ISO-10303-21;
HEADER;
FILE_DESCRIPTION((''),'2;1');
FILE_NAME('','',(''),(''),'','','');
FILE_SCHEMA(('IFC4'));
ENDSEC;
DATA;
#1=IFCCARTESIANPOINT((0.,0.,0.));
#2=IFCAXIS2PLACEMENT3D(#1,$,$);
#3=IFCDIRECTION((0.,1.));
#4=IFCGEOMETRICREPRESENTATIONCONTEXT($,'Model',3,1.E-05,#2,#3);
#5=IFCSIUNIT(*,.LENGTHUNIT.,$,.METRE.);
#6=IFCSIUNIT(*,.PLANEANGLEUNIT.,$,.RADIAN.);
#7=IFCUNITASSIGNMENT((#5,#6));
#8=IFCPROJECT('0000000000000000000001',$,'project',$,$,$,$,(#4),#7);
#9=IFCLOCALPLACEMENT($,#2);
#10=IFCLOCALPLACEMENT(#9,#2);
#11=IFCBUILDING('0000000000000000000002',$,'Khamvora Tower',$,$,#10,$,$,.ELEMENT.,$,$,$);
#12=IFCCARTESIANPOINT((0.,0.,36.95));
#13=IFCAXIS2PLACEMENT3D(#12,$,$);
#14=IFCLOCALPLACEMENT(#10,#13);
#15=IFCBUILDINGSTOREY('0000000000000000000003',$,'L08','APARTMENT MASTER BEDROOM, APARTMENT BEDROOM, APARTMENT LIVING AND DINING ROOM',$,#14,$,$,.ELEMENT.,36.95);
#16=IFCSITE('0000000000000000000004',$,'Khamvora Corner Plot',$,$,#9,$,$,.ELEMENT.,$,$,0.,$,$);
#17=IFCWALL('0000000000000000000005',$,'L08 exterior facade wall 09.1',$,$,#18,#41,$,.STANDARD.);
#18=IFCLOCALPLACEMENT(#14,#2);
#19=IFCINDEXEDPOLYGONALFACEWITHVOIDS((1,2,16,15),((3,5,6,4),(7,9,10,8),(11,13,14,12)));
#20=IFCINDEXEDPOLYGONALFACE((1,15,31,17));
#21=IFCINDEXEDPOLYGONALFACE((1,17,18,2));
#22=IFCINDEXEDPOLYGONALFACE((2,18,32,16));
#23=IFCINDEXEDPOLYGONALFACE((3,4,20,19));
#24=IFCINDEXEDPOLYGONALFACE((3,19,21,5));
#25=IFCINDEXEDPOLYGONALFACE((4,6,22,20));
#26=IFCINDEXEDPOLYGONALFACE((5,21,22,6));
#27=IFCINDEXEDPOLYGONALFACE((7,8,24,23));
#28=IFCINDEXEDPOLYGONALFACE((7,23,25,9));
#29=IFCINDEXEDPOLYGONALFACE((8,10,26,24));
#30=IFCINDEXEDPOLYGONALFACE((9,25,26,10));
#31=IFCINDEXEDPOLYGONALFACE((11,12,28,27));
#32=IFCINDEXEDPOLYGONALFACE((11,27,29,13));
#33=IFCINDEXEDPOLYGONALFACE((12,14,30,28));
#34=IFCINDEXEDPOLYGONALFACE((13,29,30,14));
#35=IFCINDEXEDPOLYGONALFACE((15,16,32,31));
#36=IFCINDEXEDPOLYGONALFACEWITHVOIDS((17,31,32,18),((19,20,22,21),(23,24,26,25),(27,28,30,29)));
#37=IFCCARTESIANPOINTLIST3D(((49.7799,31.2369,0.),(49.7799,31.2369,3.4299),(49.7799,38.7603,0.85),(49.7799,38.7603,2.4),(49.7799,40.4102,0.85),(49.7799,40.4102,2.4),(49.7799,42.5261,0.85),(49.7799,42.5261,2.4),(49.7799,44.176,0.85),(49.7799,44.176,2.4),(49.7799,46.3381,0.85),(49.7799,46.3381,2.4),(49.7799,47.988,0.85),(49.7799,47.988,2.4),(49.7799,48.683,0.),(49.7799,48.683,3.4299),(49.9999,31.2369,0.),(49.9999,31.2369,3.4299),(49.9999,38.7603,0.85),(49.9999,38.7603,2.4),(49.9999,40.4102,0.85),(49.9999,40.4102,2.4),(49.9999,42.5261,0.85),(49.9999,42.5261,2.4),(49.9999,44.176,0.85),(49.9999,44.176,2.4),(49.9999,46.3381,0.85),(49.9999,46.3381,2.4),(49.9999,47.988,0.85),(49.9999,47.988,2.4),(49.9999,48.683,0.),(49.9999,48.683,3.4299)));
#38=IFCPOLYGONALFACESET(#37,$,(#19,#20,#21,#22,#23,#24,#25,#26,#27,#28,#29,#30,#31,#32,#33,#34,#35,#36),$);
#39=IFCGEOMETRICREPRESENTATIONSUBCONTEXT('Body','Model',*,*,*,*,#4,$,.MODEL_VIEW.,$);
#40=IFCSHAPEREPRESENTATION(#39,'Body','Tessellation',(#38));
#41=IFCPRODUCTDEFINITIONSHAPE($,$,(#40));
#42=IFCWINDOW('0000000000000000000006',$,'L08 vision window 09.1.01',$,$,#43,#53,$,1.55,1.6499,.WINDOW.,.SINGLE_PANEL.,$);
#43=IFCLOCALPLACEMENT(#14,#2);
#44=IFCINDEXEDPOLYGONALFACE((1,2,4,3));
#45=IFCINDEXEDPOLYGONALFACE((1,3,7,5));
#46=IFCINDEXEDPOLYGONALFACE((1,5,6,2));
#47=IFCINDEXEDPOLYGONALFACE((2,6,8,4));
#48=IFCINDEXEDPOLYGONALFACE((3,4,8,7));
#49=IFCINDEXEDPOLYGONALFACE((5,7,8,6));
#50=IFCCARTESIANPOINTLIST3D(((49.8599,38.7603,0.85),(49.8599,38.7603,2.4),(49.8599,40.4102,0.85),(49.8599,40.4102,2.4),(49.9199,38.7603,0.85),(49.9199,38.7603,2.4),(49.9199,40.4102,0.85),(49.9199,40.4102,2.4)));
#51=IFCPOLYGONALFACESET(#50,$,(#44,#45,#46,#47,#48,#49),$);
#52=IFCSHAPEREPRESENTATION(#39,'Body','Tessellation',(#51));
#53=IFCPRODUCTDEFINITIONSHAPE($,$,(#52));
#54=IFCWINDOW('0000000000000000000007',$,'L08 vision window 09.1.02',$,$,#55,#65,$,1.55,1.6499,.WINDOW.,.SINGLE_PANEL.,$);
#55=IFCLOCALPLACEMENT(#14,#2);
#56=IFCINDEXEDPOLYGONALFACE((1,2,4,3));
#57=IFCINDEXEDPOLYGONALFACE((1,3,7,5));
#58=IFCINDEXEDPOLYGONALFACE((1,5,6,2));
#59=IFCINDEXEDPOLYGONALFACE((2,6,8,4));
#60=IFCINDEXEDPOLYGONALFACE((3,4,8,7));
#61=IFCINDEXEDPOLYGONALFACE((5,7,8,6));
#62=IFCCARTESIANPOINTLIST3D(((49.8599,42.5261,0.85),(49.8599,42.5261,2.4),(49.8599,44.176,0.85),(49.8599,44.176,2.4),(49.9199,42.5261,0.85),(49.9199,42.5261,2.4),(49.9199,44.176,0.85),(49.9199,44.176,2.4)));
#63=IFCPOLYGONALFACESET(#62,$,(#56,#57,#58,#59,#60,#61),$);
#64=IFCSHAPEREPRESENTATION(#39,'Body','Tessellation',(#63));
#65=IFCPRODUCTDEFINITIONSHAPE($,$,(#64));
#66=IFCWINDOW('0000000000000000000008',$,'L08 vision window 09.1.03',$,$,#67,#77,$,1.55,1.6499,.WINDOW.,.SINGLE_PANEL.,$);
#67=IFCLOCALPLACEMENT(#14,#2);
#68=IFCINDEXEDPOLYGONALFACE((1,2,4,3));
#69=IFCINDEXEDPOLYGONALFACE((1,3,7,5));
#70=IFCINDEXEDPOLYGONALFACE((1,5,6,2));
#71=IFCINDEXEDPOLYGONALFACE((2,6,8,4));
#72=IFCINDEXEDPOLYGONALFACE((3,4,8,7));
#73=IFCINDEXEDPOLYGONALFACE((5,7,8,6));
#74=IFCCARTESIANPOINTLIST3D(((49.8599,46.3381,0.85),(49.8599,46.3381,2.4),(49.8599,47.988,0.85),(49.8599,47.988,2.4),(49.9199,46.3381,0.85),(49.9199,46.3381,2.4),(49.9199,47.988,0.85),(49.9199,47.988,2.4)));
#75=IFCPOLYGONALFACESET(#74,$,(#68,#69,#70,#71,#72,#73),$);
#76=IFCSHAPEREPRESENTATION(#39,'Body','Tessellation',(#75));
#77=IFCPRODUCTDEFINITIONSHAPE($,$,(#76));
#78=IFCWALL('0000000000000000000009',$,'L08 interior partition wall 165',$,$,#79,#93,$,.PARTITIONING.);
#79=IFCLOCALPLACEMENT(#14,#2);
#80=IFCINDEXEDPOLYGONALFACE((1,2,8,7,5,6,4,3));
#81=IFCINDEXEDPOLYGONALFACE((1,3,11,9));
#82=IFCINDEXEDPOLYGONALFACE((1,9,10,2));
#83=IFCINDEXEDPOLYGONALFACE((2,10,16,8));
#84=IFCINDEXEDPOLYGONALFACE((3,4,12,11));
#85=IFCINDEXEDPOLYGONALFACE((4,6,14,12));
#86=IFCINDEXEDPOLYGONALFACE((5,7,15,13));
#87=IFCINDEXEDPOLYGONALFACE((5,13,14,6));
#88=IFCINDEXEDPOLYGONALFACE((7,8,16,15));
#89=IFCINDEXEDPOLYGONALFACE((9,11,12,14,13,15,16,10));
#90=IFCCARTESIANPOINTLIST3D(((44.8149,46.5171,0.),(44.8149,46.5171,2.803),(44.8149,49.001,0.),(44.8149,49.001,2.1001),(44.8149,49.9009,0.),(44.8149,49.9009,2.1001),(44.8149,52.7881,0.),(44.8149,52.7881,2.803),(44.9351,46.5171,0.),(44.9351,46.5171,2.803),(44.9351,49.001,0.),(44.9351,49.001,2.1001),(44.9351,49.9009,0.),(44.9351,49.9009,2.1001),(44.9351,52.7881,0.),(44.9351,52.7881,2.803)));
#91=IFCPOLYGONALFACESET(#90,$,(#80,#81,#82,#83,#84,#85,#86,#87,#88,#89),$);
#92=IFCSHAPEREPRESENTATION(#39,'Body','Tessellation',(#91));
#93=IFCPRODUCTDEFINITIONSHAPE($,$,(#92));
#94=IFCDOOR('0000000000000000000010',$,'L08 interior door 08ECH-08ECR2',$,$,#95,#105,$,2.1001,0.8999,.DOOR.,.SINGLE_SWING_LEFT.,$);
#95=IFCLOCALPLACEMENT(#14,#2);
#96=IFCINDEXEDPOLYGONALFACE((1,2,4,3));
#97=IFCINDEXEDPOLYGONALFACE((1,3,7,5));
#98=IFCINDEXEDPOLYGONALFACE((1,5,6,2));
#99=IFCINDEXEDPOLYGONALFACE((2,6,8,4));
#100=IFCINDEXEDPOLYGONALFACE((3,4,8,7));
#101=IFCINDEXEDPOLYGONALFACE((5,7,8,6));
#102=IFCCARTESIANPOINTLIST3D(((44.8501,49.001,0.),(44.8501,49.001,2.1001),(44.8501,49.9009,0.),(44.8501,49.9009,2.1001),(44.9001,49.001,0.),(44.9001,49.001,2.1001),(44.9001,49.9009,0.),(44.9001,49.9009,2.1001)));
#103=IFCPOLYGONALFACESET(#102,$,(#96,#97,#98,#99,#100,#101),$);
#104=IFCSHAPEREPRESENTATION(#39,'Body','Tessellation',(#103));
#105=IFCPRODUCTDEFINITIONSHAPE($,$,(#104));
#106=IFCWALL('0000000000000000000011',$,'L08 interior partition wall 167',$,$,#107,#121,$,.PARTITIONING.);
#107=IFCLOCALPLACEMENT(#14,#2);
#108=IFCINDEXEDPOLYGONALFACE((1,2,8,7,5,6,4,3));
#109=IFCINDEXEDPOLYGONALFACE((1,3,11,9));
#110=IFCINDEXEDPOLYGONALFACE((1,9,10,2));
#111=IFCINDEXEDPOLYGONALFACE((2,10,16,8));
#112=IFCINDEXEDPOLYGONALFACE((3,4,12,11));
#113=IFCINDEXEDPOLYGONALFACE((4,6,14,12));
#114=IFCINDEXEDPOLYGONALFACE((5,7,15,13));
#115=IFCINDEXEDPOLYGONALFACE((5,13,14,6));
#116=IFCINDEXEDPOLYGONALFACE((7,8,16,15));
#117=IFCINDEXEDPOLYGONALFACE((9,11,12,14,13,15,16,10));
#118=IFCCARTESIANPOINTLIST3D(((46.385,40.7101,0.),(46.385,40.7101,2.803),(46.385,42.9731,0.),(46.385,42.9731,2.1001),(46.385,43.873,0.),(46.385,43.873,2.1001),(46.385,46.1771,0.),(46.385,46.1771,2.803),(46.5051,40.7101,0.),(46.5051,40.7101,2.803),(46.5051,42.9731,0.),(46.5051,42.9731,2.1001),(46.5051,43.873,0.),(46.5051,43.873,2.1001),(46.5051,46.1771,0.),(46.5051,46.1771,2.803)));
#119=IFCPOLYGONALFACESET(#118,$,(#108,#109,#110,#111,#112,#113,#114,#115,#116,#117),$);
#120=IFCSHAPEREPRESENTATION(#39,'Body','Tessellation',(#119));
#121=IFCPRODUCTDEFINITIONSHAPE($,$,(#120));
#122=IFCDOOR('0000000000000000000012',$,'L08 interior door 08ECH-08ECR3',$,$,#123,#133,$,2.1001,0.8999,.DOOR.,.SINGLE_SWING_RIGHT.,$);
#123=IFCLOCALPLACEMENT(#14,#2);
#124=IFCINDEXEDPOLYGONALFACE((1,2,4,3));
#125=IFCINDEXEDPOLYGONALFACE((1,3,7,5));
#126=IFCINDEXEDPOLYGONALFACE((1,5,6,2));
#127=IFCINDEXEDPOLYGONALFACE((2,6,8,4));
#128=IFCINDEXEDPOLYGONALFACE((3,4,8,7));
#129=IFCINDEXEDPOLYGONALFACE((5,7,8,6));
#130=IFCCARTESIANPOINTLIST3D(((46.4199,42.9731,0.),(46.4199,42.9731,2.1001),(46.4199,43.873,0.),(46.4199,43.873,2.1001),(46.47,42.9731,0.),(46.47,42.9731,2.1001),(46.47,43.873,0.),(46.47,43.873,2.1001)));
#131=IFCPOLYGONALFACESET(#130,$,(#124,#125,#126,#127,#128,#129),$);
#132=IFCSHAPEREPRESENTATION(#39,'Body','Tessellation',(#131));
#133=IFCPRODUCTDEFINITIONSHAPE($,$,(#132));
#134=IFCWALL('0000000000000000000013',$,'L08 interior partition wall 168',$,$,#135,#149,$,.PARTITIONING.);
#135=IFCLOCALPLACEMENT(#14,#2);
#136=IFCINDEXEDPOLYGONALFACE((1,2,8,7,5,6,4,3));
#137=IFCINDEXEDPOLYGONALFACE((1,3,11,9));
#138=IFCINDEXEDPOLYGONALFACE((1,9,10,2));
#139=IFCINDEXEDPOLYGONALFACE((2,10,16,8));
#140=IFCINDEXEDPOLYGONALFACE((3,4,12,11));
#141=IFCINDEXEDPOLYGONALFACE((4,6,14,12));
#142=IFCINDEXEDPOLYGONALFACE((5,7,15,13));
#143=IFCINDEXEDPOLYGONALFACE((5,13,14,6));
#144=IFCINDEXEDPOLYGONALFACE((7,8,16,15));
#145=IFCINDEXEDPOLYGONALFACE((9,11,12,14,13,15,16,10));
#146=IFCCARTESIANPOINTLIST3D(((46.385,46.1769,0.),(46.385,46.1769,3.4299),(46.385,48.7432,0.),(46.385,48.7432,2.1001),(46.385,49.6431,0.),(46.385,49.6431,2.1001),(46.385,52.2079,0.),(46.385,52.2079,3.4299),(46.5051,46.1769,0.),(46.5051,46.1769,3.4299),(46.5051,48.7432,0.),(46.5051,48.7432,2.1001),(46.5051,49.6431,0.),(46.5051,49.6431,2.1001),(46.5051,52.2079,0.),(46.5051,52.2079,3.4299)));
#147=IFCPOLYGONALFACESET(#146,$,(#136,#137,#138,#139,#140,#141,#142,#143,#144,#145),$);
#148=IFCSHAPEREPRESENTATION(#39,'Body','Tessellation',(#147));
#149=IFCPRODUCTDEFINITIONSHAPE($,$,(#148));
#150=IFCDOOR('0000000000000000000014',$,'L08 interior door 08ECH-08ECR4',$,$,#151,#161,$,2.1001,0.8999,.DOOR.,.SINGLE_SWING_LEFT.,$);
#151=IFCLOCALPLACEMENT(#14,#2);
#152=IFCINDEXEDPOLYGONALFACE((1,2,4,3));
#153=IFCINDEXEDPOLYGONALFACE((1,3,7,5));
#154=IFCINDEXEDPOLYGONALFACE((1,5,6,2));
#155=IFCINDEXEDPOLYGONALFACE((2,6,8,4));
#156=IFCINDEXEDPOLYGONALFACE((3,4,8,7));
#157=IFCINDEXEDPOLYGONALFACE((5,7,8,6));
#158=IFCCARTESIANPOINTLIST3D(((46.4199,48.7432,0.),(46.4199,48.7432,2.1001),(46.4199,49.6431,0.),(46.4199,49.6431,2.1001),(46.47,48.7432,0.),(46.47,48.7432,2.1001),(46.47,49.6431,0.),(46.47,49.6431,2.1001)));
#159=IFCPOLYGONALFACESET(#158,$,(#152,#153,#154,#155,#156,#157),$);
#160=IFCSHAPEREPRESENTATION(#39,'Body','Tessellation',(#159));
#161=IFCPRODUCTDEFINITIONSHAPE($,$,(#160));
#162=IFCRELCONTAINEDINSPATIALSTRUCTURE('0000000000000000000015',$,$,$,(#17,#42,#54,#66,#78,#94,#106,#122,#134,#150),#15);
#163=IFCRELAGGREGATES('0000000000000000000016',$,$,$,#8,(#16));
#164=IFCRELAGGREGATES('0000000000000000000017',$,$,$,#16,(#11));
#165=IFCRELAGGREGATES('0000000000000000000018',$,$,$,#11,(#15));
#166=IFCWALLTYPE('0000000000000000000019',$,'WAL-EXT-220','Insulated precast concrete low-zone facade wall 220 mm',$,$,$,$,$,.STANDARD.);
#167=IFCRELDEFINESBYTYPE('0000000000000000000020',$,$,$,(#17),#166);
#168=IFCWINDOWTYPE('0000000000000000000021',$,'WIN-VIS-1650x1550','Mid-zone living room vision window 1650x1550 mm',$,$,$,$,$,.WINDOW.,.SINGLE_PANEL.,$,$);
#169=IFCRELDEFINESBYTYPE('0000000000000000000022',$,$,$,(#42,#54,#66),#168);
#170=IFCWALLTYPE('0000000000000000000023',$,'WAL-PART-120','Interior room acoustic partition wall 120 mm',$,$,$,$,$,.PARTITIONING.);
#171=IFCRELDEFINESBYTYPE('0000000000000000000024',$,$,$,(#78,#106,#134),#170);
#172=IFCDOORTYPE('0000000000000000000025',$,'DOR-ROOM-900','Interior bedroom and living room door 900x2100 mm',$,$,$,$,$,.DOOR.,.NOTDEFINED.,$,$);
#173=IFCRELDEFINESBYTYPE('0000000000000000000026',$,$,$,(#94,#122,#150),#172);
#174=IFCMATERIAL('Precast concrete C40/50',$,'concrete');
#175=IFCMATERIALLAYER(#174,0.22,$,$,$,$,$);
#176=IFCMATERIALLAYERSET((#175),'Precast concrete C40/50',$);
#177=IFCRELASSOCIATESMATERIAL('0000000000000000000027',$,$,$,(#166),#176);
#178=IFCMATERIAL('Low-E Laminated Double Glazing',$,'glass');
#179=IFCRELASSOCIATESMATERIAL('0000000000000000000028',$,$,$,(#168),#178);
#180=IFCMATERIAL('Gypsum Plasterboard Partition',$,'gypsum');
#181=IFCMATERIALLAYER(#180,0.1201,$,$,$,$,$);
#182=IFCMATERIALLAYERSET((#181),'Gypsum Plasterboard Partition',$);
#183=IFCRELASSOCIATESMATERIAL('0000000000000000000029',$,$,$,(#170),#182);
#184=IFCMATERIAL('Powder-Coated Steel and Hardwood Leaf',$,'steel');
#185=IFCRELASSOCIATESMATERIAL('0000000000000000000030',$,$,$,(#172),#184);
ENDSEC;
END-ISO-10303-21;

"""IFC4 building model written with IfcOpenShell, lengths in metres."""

from ifc_helpers import new_model, si_unit, direction, frame, frame_2d, origin, place, context, subcontext, project, spatial, rectangle, extrude, material, layer, layer_set, type_object, element, fill, save


model = new_model("IFC4")

# Units and contexts
model_context = context("Model", 3, precision=1e-05, world=origin(), true_north=direction((0.0, 1.0)))
body_context = subcontext(model_context, "Body", "Model", "MODEL_VIEW")
ifc_project = project(units=[si_unit("LENGTHUNIT", "METRE"), si_unit("PLANEANGLEUNIT", "RADIAN")], contexts=[model_context])

# Site, building, storey
site_placement = place(None, origin())
site = spatial("IfcSite", under=ifc_project, at=site_placement, Name="Khamvora Corner Plot", CompositionType="ELEMENT", RefElevation=0.0)
building_placement = place(site_placement, origin())
building = spatial("IfcBuilding", under=site, at=building_placement, Name="Khamvora Tower", CompositionType="ELEMENT")
storey_placement = place(building_placement, frame((0.0, 0.0, 36.95)))
storey = spatial("IfcBuildingStorey", under=building, at=storey_placement, Name="L08", Description="APARTMENT MASTER BEDROOM, APARTMENT BEDROOM, APARTMENT LIVING AND DINING ROOM", CompositionType="ELEMENT", Elevation=36.95)

# Shared definitions
ifc_material_1 = material(Name="Precast concrete C40/50", Category="concrete")
ifc_layer_1 = layer(ifc_material_1, 0.22)
ifc_layer_set_1 = layer_set([ifc_layer_1], Name="Precast concrete C40/50")
wall_type_1 = type_object("IfcWallType", Name="WAL-EXT-220", Description="Insulated precast concrete low-zone facade wall 220 mm", PredefinedType="STANDARD", material=ifc_layer_set_1)

# Wall, openings, windows
wall_1_placement = place(storey_placement, frame((49.8899, 48.6831, 0.0), z_axis=(0.0, 0.0, 1.0), x_axis=(0.0, -1.0, 0.0)))
wall_1 = element("IfcWall", 1, at=wall_1_placement, inside=storey, type_object=wall_type_1, Name="L08 exterior facade wall 09.1", PredefinedType="STANDARD", context=body_context, shape_type="SweptSolid", body=[
    extrude(rectangle(XDim=17.446, YDim=0.22, at=frame_2d((8.7231, 0.0))), origin(), (0.0, 0.0, 1.0), 3.4299),
])
opening_1_placement = place(wall_1_placement, frame((8.2729, 0.0, 0.8501)))
opening_1 = element("IfcOpeningElement", 2, at=opening_1_placement, cuts=wall_1, PredefinedType="OPENING", context=body_context, shape_type="SweptSolid", body=[
    extrude(rectangle(XDim=1.6499, YDim=1.55, at=frame_2d((0.825, 0.7749))), frame((0.0, 0.1199, 0.0), z_axis=(0.0, -1.0, 0.0), x_axis=(1.0, 0.0, 0.0)), (0.0, 0.0, 1.0), 0.24),
])
opening_2_placement = place(wall_1_placement, frame((4.5071, 0.0, 0.8501)))
opening_2 = element("IfcOpeningElement", 3, at=opening_2_placement, cuts=wall_1, PredefinedType="OPENING", context=body_context, shape_type="SweptSolid", body=[
    extrude(rectangle(XDim=1.6499, YDim=1.55, at=frame_2d((0.825, 0.7749))), frame((0.0, 0.1199, 0.0), z_axis=(0.0, -1.0, 0.0), x_axis=(1.0, 0.0, 0.0)), (0.0, 0.0, 1.0), 0.24),
])
opening_3_placement = place(wall_1_placement, frame((0.6951, 0.0, 0.8501)))
opening_3 = element("IfcOpeningElement", 4, at=opening_3_placement, cuts=wall_1, PredefinedType="OPENING", context=body_context, shape_type="SweptSolid", body=[
    extrude(rectangle(XDim=1.6499, YDim=1.55, at=frame_2d((0.825, 0.7749))), frame((0.0, 0.1199, 0.0), z_axis=(0.0, -1.0, 0.0), x_axis=(1.0, 0.0, 0.0)), (0.0, 0.0, 1.0), 0.24),
])
ifc_material_2 = material(Name="Low-E Laminated Double Glazing", Category="glass")
window_type = type_object("IfcWindowType", Name="WIN-VIS-1650x1550", Description="Mid-zone living room vision window 1650x1550 mm", PartitioningType="SINGLE_PANEL", PredefinedType="WINDOW", material=ifc_material_2)
window_1_placement = place(opening_1_placement, origin())
window_1 = element("IfcWindow", 5, at=window_1_placement, inside=storey, type_object=window_type, Name="L08 vision window 09.1.01", OverallHeight=1.55, OverallWidth=1.6499, PartitioningType="SINGLE_PANEL", PredefinedType="WINDOW", context=body_context, shape_type="SweptSolid", body=[
    extrude(rectangle(XDim=1.6499, YDim=1.55, at=frame_2d((0.825, 0.7749))), frame((0.0, 0.03, 0.0), z_axis=(0.0, -1.0, 0.0), x_axis=(1.0, 0.0, 0.0)), (0.0, 0.0, 1.0), 0.0601),
])
fill(opening_1, window_1)
window_2_placement = place(opening_2_placement, origin())
window_2 = element("IfcWindow", 6, at=window_2_placement, inside=storey, type_object=window_type, Name="L08 vision window 09.1.02", OverallHeight=1.55, OverallWidth=1.6499, PartitioningType="SINGLE_PANEL", PredefinedType="WINDOW", context=body_context, shape_type="SweptSolid", body=[
    extrude(rectangle(XDim=1.6499, YDim=1.55, at=frame_2d((0.825, 0.7749))), frame((0.0, 0.03, 0.0), z_axis=(0.0, -1.0, 0.0), x_axis=(1.0, 0.0, 0.0)), (0.0, 0.0, 1.0), 0.0601),
])
fill(opening_2, window_2)
window_3_placement = place(opening_3_placement, origin())
window_3 = element("IfcWindow", 7, at=window_3_placement, inside=storey, type_object=window_type, Name="L08 vision window 09.1.03", OverallHeight=1.55, OverallWidth=1.6499, PartitioningType="SINGLE_PANEL", PredefinedType="WINDOW", context=body_context, shape_type="SweptSolid", body=[
    extrude(rectangle(XDim=1.6499, YDim=1.55, at=frame_2d((0.825, 0.7749))), frame((0.0, 0.03, 0.0), z_axis=(0.0, -1.0, 0.0), x_axis=(1.0, 0.0, 0.0)), (0.0, 0.0, 1.0), 0.0601),
])
fill(opening_3, window_3)

# Walls, openings, doors
ifc_material_3 = material(Name="Gypsum Plasterboard Partition", Category="gypsum")
ifc_layer_2 = layer(ifc_material_3, 0.1201)
ifc_layer_set_2 = layer_set([ifc_layer_2], Name="Gypsum Plasterboard Partition")
wall_type_2 = type_object("IfcWallType", Name="WAL-PART-120", Description="Interior room acoustic partition wall 120 mm", PredefinedType="PARTITIONING", material=ifc_layer_set_2)
wall_2_placement = place(storey_placement, frame((44.875, 46.5171, 0.0), z_axis=(0.0, 0.0, 1.0), x_axis=(0.0, 1.0, 0.0)))
wall_2 = element("IfcWall", 8, at=wall_2_placement, inside=storey, type_object=wall_type_2, Name="L08 interior partition wall 165", PredefinedType="PARTITIONING", context=body_context, shape_type="SweptSolid", body=[
    extrude(rectangle(XDim=6.271, YDim=0.1201, at=frame_2d((3.1355, 0.0))), origin(), (0.0, 0.0, 1.0), 2.803),
])
opening_4_placement = place(wall_2_placement, frame((2.4839, 0.0, 0.0)))
opening_4 = element("IfcOpeningElement", 9, at=opening_4_placement, cuts=wall_2, PredefinedType="OPENING", context=body_context, shape_type="SweptSolid", body=[
    extrude(rectangle(XDim=0.8999, YDim=2.1001, at=frame_2d((0.45, 1.05))), frame((0.0, 0.0701, 0.0), z_axis=(0.0, -1.0, 0.0), x_axis=(1.0, 0.0, 0.0)), (0.0, 0.0, 1.0), 0.1401),
])
ifc_material_4 = material(Name="Powder-Coated Steel and Hardwood Leaf", Category="steel")
door_type = type_object("IfcDoorType", Name="DOR-ROOM-900", Description="Interior bedroom and living room door 900x2100 mm", OperationType="NOTDEFINED", PredefinedType="DOOR", material=ifc_material_4)
door_1_placement = place(opening_4_placement, origin())
door_1 = element("IfcDoor", 10, at=door_1_placement, inside=storey, type_object=door_type, Name="L08 interior door 08ECH-08ECR2", OperationType="SINGLE_SWING_LEFT", OverallHeight=2.1001, OverallWidth=0.8999, PredefinedType="DOOR", context=body_context, shape_type="SweptSolid", body=[
    extrude(rectangle(XDim=0.8999, YDim=2.1001, at=frame_2d((0.45, 1.05))), frame((0.0, 0.0249, 0.0), z_axis=(0.0, -1.0, 0.0), x_axis=(1.0, 0.0, 0.0)), (0.0, 0.0, 1.0), 0.05),
])
fill(opening_4, door_1)
wall_3_placement = place(storey_placement, frame((46.4451, 46.177, 0.0), z_axis=(0.0, 0.0, 1.0), x_axis=(0.0, -1.0, 0.0)))
wall_3 = element("IfcWall", 11, at=wall_3_placement, inside=storey, type_object=wall_type_2, Name="L08 interior partition wall 167", PredefinedType="PARTITIONING", context=body_context, shape_type="SweptSolid", body=[
    extrude(rectangle(XDim=5.467, YDim=0.1201, at=frame_2d((2.7334, 0.0))), origin(), (0.0, 0.0, 1.0), 2.803),
])
opening_5_placement = place(wall_3_placement, frame((2.304, 0.0, 0.0)))
opening_5 = element("IfcOpeningElement", 12, at=opening_5_placement, cuts=wall_3, PredefinedType="OPENING", context=body_context, shape_type="SweptSolid", body=[
    extrude(rectangle(XDim=0.8999, YDim=2.1001, at=frame_2d((0.45, 1.05))), frame((0.0, 0.0701, 0.0), z_axis=(0.0, -1.0, 0.0), x_axis=(1.0, 0.0, 0.0)), (0.0, 0.0, 1.0), 0.1401),
])
door_2_placement = place(opening_5_placement, origin())
door_2 = element("IfcDoor", 13, at=door_2_placement, inside=storey, type_object=door_type, Name="L08 interior door 08ECH-08ECR3", OperationType="SINGLE_SWING_RIGHT", OverallHeight=2.1001, OverallWidth=0.8999, PredefinedType="DOOR", context=body_context, shape_type="SweptSolid", body=[
    extrude(rectangle(XDim=0.8999, YDim=2.1001, at=frame_2d((0.45, 1.05))), frame((0.0, 0.0249, 0.0), z_axis=(0.0, -1.0, 0.0), x_axis=(1.0, 0.0, 0.0)), (0.0, 0.0, 1.0), 0.05),
])
fill(opening_5, door_2)
wall_4_placement = place(storey_placement, frame((46.4451, 52.208, 0.0), z_axis=(0.0, 0.0, 1.0), x_axis=(0.0, -1.0, 0.0)))
wall_4 = element("IfcWall", 14, at=wall_4_placement, inside=storey, type_object=wall_type_2, Name="L08 interior partition wall 168", PredefinedType="PARTITIONING", context=body_context, shape_type="SweptSolid", body=[
    extrude(rectangle(XDim=6.031, YDim=0.1201, at=frame_2d((3.0156, 0.0))), origin(), (0.0, 0.0, 1.0), 3.4299),
])
opening_6_placement = place(wall_4_placement, frame((2.5649, 0.0, 0.0)))
opening_6 = element("IfcOpeningElement", 15, at=opening_6_placement, cuts=wall_4, PredefinedType="OPENING", context=body_context, shape_type="SweptSolid", body=[
    extrude(rectangle(XDim=0.8999, YDim=2.1001, at=frame_2d((0.45, 1.05))), frame((0.0, 0.0701, 0.0), z_axis=(0.0, -1.0, 0.0), x_axis=(1.0, 0.0, 0.0)), (0.0, 0.0, 1.0), 0.1401),
])
door_3_placement = place(opening_6_placement, origin())
door_3 = element("IfcDoor", 16, at=door_3_placement, inside=storey, type_object=door_type, Name="L08 interior door 08ECH-08ECR4", OperationType="SINGLE_SWING_LEFT", OverallHeight=2.1001, OverallWidth=0.8999, PredefinedType="DOOR", context=body_context, shape_type="SweptSolid", body=[
    extrude(rectangle(XDim=0.8999, YDim=2.1001, at=frame_2d((0.45, 1.05))), frame((0.0, 0.0249, 0.0), z_axis=(0.0, -1.0, 0.0), x_axis=(1.0, 0.0, 0.0)), (0.0, 0.0, 1.0), 0.05),
])
fill(opening_6, door_3)

save(model, "model.ifc")
